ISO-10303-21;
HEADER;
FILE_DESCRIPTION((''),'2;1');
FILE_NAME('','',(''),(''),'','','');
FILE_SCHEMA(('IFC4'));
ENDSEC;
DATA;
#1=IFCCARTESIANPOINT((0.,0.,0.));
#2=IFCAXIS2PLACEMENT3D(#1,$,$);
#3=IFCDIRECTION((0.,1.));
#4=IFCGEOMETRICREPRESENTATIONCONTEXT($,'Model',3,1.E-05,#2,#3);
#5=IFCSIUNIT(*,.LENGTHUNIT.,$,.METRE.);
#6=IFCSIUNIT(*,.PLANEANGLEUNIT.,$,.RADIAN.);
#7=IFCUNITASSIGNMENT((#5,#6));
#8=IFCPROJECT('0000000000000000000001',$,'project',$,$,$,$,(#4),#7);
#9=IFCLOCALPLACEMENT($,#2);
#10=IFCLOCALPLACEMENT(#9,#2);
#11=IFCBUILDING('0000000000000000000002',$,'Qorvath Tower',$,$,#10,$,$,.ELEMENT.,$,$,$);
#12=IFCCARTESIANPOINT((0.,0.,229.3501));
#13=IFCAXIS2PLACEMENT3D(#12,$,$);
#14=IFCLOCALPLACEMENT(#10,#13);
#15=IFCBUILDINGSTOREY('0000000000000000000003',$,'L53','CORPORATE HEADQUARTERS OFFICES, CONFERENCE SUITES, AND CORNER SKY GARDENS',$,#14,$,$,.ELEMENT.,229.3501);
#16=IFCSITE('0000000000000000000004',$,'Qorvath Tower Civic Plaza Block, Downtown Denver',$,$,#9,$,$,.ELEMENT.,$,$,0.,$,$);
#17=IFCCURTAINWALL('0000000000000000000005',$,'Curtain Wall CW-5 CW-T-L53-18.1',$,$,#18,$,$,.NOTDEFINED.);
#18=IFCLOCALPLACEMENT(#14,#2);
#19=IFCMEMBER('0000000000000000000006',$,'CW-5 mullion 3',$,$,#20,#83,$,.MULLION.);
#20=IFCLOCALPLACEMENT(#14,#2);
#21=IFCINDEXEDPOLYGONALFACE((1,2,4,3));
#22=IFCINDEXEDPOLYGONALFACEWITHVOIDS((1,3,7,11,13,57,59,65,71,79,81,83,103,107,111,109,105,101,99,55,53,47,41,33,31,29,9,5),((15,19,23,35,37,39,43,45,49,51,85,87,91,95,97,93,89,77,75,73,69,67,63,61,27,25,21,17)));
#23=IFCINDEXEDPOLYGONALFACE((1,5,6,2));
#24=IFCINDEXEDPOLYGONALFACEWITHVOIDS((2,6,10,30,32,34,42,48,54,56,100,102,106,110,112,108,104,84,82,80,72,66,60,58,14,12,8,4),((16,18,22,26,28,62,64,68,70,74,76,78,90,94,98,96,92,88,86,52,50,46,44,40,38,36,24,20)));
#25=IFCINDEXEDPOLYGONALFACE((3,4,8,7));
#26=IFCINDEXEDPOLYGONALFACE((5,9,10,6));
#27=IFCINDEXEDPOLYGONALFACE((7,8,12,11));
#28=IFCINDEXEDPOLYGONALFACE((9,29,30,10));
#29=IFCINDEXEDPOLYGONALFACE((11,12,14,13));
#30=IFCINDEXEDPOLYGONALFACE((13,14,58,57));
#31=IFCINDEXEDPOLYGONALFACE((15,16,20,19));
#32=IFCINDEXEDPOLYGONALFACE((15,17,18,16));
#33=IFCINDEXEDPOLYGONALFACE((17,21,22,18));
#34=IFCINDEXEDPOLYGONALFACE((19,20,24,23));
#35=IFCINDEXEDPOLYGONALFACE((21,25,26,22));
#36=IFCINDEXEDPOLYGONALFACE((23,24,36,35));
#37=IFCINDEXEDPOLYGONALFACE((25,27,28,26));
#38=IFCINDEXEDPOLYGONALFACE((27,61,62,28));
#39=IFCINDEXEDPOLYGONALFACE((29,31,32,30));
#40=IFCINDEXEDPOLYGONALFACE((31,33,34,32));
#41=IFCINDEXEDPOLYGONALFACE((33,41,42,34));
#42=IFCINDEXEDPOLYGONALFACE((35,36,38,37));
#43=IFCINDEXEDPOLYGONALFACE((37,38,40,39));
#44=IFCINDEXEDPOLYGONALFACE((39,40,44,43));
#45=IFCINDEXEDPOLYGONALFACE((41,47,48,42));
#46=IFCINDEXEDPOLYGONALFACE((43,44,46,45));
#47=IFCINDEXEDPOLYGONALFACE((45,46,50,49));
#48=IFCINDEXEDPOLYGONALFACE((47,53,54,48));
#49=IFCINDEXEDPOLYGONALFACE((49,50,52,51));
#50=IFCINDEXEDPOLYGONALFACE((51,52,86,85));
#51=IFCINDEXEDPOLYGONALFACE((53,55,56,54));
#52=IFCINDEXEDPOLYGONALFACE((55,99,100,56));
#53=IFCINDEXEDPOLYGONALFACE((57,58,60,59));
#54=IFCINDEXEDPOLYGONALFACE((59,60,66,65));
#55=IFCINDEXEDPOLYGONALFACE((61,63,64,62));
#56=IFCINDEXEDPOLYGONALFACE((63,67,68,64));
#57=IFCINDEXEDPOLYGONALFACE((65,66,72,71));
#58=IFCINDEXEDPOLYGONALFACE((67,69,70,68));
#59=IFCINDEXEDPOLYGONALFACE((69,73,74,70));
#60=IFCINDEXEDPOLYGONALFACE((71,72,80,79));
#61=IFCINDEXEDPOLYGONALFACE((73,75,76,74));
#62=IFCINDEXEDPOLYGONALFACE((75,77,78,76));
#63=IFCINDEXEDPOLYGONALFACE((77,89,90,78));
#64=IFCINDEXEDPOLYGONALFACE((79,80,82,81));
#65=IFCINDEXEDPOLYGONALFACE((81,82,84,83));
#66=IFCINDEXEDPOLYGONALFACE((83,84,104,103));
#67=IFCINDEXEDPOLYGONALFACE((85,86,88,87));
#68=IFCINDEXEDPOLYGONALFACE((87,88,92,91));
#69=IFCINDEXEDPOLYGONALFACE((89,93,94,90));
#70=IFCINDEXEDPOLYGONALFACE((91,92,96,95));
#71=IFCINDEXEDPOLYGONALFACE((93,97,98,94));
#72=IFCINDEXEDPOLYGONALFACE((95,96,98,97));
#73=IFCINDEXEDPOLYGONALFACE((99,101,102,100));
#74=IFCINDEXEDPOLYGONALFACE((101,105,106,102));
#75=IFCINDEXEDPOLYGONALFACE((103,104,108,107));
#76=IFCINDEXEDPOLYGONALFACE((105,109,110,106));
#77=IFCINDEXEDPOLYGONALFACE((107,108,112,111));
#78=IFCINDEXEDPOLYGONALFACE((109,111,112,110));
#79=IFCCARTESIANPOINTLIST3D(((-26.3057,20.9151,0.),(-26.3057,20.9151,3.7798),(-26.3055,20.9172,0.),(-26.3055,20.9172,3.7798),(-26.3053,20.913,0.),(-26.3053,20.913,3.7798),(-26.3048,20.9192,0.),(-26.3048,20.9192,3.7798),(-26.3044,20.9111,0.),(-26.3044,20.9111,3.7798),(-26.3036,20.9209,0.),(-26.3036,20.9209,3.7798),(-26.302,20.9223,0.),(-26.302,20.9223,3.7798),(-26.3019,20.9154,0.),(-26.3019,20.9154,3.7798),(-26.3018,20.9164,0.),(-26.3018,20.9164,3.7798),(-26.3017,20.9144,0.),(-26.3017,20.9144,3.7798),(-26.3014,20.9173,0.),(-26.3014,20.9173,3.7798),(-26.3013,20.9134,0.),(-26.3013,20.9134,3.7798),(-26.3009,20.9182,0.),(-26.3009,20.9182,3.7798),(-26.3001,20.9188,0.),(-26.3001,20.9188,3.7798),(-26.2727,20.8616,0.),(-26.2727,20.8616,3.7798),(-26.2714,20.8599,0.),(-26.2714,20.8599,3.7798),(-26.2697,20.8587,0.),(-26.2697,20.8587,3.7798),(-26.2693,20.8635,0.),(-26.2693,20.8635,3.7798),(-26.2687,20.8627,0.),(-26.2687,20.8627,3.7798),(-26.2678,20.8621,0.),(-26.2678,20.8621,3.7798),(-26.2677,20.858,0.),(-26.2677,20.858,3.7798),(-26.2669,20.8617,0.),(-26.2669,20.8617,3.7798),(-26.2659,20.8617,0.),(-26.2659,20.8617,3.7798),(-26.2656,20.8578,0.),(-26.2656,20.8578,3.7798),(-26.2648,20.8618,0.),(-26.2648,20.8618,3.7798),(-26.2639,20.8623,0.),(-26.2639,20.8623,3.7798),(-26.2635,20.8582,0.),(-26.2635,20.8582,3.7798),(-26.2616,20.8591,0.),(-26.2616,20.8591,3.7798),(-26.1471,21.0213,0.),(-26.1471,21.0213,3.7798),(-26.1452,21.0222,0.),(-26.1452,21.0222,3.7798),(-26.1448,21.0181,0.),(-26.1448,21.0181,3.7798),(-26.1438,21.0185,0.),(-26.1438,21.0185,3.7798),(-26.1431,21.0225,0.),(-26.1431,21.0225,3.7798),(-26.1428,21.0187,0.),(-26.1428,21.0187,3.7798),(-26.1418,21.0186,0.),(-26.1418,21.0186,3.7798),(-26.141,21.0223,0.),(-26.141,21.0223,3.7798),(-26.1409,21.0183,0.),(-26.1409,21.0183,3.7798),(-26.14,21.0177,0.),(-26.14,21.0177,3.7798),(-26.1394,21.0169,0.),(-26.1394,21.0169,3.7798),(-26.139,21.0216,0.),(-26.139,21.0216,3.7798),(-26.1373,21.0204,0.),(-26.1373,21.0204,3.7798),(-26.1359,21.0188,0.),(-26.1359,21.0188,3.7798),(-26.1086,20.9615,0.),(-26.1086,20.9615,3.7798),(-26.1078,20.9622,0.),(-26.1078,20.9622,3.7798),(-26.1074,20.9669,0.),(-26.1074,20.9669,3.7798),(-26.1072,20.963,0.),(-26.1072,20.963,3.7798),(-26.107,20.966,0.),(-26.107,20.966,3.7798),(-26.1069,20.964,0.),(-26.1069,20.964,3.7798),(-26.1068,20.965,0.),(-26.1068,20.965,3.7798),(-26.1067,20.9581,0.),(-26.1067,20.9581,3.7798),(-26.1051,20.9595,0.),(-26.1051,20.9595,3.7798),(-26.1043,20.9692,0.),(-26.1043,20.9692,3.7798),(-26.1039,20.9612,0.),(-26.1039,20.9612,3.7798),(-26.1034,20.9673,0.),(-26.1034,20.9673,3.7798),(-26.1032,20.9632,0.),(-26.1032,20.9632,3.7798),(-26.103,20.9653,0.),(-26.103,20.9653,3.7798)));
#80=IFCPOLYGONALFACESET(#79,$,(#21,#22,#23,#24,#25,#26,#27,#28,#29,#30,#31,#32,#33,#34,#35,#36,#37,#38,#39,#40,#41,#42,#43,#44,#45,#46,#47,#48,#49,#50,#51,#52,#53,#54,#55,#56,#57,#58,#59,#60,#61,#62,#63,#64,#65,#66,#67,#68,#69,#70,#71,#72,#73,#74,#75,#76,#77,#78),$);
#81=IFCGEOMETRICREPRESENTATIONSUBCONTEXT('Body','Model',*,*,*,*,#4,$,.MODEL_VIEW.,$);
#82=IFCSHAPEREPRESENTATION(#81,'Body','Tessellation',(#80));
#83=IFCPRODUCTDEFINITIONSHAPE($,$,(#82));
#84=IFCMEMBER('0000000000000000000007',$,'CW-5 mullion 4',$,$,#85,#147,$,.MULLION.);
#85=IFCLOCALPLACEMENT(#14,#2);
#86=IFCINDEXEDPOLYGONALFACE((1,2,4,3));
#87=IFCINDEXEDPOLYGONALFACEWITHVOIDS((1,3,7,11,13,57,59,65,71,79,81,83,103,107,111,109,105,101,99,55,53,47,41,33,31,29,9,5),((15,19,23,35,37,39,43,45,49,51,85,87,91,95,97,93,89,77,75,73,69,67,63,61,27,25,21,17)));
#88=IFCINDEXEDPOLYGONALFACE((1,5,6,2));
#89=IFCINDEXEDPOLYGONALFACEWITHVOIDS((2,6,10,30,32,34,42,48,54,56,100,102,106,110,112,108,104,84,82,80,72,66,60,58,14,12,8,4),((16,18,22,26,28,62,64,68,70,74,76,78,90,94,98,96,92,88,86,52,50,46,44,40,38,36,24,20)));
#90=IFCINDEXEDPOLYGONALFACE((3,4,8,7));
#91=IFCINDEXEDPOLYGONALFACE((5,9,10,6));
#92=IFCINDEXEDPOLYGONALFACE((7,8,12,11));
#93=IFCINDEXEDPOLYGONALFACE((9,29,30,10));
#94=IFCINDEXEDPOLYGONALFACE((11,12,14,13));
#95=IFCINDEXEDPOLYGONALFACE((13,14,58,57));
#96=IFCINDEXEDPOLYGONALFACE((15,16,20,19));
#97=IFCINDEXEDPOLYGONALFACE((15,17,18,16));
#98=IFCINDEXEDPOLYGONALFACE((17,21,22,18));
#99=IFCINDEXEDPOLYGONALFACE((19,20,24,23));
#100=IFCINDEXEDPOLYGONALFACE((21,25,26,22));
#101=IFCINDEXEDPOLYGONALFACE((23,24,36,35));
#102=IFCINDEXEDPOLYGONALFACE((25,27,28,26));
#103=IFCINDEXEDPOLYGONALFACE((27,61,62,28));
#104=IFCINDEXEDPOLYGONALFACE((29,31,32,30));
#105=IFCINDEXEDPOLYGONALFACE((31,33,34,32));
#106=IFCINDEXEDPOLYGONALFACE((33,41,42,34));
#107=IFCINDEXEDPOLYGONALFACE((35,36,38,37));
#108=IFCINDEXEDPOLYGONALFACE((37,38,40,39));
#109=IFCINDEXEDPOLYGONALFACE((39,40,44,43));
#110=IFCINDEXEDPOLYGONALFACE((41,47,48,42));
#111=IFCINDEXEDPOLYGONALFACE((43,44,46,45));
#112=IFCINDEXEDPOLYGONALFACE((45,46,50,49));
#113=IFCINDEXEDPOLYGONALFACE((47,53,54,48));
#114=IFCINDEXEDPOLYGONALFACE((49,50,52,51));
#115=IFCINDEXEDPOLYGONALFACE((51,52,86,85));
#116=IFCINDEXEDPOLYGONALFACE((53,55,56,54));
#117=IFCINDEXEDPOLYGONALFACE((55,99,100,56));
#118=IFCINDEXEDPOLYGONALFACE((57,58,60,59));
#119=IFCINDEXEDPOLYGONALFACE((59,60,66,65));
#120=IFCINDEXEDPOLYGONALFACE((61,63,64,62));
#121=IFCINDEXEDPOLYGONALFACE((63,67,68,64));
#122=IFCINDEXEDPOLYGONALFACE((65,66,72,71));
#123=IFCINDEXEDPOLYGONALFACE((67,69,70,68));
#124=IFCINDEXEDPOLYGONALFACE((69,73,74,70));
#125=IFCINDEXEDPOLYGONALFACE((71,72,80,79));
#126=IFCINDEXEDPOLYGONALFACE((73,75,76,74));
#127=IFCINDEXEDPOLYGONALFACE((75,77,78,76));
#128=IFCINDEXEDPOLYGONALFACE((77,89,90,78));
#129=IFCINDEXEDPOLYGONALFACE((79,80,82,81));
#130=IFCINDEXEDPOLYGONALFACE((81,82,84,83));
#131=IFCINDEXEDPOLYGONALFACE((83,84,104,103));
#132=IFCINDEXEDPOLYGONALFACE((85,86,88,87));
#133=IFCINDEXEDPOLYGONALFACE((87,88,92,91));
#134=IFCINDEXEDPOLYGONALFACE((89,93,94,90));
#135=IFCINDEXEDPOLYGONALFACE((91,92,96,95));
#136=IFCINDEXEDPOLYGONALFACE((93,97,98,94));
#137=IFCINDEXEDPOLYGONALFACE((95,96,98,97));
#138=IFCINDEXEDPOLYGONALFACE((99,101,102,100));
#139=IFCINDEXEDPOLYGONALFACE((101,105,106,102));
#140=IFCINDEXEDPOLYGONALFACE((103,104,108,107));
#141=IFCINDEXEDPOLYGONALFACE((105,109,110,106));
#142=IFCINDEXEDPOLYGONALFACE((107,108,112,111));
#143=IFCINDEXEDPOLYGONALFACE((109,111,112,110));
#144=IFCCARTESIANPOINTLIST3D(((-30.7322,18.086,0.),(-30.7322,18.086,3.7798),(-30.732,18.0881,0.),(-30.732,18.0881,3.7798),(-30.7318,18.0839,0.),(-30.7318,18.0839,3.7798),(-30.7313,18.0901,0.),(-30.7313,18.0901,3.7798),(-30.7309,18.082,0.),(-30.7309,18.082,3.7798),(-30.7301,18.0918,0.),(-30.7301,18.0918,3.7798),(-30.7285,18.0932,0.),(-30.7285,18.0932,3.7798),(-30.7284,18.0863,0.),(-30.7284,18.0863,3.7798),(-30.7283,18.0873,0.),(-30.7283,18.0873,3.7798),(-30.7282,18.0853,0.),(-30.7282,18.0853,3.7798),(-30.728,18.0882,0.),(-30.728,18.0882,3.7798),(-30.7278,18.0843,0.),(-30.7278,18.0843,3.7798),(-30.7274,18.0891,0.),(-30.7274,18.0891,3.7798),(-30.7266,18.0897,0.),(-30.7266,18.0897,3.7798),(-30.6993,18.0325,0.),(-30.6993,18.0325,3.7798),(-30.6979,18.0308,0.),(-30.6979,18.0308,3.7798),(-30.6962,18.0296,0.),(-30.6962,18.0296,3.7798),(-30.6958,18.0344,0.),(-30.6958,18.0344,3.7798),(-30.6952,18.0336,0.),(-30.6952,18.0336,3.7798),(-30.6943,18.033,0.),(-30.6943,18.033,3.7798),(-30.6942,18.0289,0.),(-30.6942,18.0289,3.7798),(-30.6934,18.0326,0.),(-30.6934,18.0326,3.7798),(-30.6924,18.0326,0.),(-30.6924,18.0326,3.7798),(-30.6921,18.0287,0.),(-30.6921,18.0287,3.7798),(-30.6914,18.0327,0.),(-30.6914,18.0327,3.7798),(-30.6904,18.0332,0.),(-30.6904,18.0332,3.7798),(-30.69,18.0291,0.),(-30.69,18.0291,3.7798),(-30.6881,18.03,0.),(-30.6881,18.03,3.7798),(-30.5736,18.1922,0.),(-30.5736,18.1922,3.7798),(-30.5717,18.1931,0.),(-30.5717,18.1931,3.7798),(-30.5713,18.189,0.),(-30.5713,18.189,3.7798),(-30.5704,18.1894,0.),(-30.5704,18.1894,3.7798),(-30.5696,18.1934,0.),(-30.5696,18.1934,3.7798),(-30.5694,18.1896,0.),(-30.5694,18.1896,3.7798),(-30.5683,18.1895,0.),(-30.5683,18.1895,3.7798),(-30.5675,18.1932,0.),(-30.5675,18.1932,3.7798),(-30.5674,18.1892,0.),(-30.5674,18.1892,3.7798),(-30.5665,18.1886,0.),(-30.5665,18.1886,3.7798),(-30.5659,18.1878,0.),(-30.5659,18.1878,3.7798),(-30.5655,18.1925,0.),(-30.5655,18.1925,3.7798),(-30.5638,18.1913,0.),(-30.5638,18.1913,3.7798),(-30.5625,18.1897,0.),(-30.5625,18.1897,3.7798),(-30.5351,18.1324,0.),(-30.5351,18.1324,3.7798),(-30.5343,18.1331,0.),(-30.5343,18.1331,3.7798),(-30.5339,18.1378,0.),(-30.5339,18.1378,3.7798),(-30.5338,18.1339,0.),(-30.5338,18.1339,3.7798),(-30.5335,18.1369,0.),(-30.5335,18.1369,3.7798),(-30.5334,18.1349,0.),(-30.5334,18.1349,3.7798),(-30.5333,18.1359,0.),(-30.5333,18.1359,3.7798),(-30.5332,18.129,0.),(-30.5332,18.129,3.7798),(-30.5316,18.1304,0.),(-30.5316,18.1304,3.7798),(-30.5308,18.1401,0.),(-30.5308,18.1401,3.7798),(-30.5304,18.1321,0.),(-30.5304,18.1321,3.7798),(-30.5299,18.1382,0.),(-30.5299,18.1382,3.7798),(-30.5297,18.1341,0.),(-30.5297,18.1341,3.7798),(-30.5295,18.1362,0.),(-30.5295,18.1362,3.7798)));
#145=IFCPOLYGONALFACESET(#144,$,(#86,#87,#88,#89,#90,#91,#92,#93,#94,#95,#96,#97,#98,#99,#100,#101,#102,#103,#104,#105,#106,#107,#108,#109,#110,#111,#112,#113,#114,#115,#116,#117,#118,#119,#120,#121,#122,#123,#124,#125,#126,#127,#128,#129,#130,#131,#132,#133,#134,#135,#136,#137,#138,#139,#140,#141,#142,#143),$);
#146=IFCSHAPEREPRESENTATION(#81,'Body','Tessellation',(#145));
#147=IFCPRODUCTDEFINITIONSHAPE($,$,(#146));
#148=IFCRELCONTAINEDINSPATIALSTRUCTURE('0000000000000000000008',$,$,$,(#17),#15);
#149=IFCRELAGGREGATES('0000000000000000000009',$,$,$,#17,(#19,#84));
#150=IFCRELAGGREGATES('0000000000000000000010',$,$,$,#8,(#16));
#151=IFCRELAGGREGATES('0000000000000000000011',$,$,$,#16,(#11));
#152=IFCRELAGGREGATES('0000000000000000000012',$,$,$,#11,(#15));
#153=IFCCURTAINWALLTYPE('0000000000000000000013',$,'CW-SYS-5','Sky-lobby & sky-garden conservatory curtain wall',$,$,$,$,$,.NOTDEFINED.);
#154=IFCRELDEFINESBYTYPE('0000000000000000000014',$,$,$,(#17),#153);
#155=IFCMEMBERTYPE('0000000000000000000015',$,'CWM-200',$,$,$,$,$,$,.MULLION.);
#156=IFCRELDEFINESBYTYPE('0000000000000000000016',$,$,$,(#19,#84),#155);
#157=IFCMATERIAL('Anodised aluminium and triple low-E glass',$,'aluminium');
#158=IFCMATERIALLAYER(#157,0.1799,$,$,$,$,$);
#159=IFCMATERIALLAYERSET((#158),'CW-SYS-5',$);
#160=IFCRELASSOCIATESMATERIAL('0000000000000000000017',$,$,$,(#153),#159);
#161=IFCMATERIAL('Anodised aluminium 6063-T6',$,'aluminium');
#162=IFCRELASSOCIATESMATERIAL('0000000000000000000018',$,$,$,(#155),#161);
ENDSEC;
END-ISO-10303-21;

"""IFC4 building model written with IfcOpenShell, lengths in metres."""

from ifc_helpers import new_model, si_unit, direction, frame, origin, origin_2d, place, context, subcontext, project, spatial, hollow_rectangle, extrude, material, layer, layer_set, material_profile, profile_set, type_object, element, aggregate, save


model = new_model("IFC4")

# Units and contexts
model_context = context("Model", 3, precision=1e-05, world=origin(), true_north=direction((0.0, 1.0)))
body_context = subcontext(model_context, "Body", "Model", "MODEL_VIEW")
ifc_project = project(units=[si_unit("LENGTHUNIT", "METRE"), si_unit("PLANEANGLEUNIT", "RADIAN")], contexts=[model_context])

# Site, building, storey
site_placement = place(None, origin())
site = spatial("IfcSite", under=ifc_project, at=site_placement, Name="Qorvath Tower Civic Plaza Block, Downtown Denver", CompositionType="ELEMENT", RefElevation=0.0)
building_placement = place(site_placement, origin())
building = spatial("IfcBuilding", under=site, at=building_placement, Name="Qorvath Tower", CompositionType="ELEMENT")
storey_placement = place(building_placement, frame((0.0, 0.0, 229.3501)))
storey = spatial("IfcBuildingStorey", under=building, at=storey_placement, Name="L53", Description="CORPORATE HEADQUARTERS OFFICES, CONFERENCE SUITES, AND CORNER SKY GARDENS", CompositionType="ELEMENT", Elevation=229.3501)

# Curtain wall, members
ifc_material_1 = material(Name="Anodised aluminium and triple low-E glass", Category="aluminium")
ifc_layer_1 = layer(ifc_material_1, 0.1799)
ifc_layer_set_1 = layer_set([ifc_layer_1], Name="CW-SYS-5")
curtain_wall_type = type_object("IfcCurtainWallType", Name="CW-SYS-5", Description="Sky-lobby & sky-garden conservatory curtain wall", PredefinedType="NOTDEFINED", material=ifc_layer_set_1)
curtain_wall_placement = place(storey_placement, origin())
curtain_wall = element("IfcCurtainWall", 1, at=curtain_wall_placement, inside=storey, type_object=curtain_wall_type, Name="Curtain Wall CW-5 CW-T-L53-18.1", PredefinedType="NOTDEFINED")
ifc_material_2 = material(Name="Anodised aluminium 6063-T6", Category="aluminium")
ifc_material_profile_1 = material_profile(ifc_material_2, hollow_rectangle(XDim=0.075, YDim=0.2, WallThickness=0.0039, InnerFilletRadius=0.0039, OuterFilletRadius=0.0081, at=origin_2d()), Name="CWM 200x75")
ifc_profile_set_1 = profile_set([ifc_material_profile_1], Name="Anodised aluminium 6063-T6")
member_type_1 = type_object("IfcMemberType", Name="CWM-200", PredefinedType="MULLION", material=ifc_profile_set_1)
member_1_placement = place(storey_placement, frame((-26.2043, 20.9402, 0.0), z_axis=(0.0, 0.0, 1.0), x_axis=(0.538531, -0.842606, 0.0)))
member_1 = element("IfcMember", 2, at=member_1_placement, type_object=member_type_1, Name="CW-5 mullion 3", PredefinedType="MULLION", context=body_context, shape_type="SweptSolid", body=[
    extrude(hollow_rectangle(XDim=0.075, YDim=0.2, WallThickness=0.0039, InnerFilletRadius=0.0039, OuterFilletRadius=0.0081, at=origin_2d()), origin(), (0.0, 0.0, 1.0), 3.7798),
])
member_2_placement = place(storey_placement, frame((-30.6309, 18.1111, 0.0), z_axis=(0.0, 0.0, 1.0), x_axis=(0.538531, -0.842606, 0.0)))
member_2 = element("IfcMember", 3, at=member_2_placement, type_object=member_type_1, Name="CW-5 mullion 4", PredefinedType="MULLION", context=body_context, shape_type="SweptSolid", body=[
    extrude(hollow_rectangle(XDim=0.075, YDim=0.2, WallThickness=0.0039, InnerFilletRadius=0.0039, OuterFilletRadius=0.0081, at=origin_2d()), origin(), (0.0, 0.0, 1.0), 3.7798),
])
aggregate(curtain_wall, [member_1, member_2])

save(model, "model.ifc")
